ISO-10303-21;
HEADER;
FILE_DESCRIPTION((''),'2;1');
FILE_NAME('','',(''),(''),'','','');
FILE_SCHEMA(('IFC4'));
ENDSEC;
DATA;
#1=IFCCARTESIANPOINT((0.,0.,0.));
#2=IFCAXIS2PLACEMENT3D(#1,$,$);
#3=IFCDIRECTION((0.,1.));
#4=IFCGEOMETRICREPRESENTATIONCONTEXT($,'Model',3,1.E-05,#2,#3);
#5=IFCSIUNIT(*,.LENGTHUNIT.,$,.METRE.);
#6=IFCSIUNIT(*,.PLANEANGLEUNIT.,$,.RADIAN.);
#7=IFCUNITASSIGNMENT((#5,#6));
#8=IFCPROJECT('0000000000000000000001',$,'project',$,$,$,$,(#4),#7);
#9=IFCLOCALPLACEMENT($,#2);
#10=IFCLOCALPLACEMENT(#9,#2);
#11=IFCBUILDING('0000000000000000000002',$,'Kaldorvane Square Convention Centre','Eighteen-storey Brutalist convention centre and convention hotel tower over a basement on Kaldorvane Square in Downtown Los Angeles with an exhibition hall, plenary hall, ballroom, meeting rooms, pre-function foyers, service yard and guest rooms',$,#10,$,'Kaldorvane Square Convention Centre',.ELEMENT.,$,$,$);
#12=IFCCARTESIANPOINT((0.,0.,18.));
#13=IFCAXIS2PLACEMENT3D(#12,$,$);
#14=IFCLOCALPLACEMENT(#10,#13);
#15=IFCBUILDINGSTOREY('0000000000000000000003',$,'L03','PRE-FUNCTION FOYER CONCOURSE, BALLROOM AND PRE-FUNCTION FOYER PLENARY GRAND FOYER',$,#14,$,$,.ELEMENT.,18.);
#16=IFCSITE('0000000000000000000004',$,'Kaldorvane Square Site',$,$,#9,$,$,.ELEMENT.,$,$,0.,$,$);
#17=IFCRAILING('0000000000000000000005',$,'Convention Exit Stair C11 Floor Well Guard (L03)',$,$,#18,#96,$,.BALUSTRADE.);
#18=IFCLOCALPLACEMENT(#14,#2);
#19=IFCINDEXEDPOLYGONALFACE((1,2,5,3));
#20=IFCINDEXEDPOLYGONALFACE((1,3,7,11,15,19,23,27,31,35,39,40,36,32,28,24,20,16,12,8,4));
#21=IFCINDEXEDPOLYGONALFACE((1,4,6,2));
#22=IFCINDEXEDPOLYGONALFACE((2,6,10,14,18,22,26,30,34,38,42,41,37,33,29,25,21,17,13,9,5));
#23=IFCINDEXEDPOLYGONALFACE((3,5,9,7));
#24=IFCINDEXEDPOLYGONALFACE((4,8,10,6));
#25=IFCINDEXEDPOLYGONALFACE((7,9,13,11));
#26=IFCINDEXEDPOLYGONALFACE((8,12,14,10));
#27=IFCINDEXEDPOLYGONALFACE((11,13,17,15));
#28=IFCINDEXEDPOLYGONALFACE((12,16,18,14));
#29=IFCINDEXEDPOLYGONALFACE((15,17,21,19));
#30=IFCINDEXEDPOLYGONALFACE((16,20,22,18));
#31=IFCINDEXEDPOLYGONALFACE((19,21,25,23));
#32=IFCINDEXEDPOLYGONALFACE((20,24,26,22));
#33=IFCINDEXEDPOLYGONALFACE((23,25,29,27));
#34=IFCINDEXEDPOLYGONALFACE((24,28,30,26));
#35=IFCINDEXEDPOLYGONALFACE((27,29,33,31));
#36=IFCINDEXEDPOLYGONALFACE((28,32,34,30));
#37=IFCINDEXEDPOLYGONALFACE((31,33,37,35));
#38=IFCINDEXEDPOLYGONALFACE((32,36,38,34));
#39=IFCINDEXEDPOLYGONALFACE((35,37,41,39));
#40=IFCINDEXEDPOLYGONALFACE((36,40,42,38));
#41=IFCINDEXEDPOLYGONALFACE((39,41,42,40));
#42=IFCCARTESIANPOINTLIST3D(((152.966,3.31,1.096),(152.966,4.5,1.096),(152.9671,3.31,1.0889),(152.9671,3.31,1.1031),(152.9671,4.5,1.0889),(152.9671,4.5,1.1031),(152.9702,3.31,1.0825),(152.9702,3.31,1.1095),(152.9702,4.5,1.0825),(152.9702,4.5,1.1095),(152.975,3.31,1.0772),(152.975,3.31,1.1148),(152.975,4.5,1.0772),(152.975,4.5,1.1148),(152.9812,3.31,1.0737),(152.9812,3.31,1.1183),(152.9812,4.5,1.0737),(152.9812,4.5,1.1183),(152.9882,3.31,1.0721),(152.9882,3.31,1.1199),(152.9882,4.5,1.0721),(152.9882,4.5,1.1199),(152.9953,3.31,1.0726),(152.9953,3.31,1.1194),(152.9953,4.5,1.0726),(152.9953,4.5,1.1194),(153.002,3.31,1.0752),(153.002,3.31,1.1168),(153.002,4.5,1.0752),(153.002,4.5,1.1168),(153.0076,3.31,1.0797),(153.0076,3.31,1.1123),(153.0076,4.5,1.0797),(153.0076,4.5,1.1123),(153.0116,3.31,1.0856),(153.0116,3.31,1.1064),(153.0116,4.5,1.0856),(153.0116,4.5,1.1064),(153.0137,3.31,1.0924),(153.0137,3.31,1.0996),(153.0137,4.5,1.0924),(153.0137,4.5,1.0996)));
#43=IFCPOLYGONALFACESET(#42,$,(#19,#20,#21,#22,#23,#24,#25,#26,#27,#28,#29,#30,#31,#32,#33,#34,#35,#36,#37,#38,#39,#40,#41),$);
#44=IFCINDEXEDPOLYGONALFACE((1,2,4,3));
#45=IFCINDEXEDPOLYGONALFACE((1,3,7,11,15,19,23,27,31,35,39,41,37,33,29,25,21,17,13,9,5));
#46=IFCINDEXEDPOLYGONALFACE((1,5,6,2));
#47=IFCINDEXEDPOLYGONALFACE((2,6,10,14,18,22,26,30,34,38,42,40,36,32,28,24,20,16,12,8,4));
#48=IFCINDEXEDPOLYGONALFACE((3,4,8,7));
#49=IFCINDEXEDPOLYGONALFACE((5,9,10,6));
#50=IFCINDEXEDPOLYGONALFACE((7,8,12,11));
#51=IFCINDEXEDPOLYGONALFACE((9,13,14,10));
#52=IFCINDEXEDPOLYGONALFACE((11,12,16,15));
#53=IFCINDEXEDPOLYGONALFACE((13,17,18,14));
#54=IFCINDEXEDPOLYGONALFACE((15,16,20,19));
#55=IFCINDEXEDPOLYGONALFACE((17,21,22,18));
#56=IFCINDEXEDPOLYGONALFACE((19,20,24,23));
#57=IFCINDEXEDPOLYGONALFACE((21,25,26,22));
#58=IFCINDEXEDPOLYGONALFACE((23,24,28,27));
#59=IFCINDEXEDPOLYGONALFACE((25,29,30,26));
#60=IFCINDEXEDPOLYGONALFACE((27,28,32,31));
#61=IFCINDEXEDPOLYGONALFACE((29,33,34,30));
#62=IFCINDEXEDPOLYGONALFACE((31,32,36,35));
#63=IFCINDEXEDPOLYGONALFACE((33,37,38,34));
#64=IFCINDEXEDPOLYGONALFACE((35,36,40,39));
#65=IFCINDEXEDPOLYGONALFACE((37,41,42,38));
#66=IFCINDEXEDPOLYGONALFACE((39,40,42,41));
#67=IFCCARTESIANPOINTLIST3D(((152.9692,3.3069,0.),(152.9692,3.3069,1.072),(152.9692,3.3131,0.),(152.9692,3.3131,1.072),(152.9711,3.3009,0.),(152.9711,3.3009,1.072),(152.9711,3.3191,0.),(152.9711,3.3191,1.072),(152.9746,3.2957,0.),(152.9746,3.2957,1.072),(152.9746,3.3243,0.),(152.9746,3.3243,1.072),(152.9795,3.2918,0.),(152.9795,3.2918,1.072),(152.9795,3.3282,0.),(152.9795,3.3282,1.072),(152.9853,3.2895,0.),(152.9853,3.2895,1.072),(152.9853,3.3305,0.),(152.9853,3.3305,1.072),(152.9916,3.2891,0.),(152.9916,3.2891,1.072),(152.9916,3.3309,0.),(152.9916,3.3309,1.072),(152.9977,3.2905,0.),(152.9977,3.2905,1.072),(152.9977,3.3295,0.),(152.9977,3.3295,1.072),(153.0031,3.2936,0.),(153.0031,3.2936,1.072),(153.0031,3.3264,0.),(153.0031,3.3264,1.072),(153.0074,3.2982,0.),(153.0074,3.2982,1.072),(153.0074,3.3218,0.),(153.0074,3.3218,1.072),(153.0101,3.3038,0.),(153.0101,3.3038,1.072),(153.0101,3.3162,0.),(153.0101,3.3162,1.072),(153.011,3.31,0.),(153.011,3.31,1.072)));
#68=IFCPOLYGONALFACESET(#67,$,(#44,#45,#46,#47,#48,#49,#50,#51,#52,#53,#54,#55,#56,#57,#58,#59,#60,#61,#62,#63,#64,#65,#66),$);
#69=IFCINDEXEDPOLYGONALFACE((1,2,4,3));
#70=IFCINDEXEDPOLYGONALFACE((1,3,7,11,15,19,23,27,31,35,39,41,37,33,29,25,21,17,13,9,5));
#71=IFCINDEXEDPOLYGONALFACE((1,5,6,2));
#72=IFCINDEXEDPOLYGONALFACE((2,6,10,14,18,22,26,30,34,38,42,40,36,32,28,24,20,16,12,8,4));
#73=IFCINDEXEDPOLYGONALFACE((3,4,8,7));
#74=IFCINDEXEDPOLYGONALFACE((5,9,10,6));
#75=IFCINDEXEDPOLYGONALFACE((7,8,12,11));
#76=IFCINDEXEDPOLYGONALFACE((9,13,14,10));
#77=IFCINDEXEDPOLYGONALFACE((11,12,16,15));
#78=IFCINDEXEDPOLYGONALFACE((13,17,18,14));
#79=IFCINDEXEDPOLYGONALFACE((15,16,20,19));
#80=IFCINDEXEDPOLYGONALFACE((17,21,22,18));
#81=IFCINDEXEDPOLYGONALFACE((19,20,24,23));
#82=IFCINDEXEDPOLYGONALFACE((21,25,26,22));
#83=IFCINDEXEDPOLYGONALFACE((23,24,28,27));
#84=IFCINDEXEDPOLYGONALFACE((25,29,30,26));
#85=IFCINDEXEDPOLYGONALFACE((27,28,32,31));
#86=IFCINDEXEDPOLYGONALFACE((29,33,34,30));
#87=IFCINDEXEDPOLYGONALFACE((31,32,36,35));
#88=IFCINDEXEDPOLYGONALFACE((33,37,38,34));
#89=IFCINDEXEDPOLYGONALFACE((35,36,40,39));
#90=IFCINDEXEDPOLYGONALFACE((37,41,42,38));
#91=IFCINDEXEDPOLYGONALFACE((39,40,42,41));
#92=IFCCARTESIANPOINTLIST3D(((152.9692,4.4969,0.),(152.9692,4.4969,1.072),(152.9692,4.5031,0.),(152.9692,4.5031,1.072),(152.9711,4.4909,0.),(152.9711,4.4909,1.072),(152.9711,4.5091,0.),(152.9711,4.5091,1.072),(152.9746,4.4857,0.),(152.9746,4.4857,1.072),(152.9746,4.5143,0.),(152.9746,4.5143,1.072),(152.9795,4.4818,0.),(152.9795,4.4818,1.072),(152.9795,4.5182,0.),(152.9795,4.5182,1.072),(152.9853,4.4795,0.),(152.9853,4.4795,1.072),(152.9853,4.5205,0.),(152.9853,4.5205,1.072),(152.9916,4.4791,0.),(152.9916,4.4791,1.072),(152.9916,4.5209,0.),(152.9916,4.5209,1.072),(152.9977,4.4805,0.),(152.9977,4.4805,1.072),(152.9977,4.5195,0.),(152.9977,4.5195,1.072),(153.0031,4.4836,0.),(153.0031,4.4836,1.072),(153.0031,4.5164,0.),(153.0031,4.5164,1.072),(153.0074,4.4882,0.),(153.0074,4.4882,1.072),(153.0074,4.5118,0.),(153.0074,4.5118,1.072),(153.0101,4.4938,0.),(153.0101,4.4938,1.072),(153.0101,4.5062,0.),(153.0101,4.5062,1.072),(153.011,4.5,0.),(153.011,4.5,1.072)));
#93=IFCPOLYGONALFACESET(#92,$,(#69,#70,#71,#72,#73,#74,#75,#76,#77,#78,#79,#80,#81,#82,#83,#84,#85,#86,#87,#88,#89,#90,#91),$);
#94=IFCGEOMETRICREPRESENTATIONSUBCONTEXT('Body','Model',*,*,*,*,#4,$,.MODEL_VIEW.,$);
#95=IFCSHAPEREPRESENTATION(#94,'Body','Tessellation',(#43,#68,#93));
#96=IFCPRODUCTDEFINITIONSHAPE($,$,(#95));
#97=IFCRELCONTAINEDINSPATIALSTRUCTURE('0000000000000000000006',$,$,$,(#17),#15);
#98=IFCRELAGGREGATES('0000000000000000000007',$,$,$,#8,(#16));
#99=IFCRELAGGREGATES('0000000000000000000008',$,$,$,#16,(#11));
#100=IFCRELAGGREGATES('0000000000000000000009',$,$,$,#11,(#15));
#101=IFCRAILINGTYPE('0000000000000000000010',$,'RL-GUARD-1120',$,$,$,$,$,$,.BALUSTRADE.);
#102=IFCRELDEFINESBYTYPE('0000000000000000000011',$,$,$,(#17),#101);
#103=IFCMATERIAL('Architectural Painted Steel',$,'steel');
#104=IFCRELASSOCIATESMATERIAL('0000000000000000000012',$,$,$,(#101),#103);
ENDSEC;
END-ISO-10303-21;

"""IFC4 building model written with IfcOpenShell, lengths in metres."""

from ifc_helpers import new_model, si_unit, direction, frame, origin, origin_2d, place, context, subcontext, project, spatial, circle, extrude, material, type_object, element, save


model = new_model("IFC4")

# Units and contexts
model_context = context("Model", 3, precision=1e-05, world=origin(), true_north=direction((0.0, 1.0)))
body_context = subcontext(model_context, "Body", "Model", "MODEL_VIEW")
ifc_project = project(units=[si_unit("LENGTHUNIT", "METRE"), si_unit("PLANEANGLEUNIT", "RADIAN")], contexts=[model_context])

# Site, building, storey
site_placement = place(None, origin())
site = spatial("IfcSite", under=ifc_project, at=site_placement, Name="Kaldorvane Square Site", CompositionType="ELEMENT", RefElevation=0.0)
building_placement = place(site_placement, origin())
building = spatial("IfcBuilding", under=site, at=building_placement, Name="Kaldorvane Square Convention Centre", Description="Eighteen-storey Brutalist convention centre and convention hotel tower over a basement on Kaldorvane Square in Downtown Los Angeles with an exhibition hall, plenary hall, ballroom, meeting rooms, pre-function foyers, service yard and guest rooms", LongName="Kaldorvane Square Convention Centre", CompositionType="ELEMENT")
storey_placement = place(building_placement, frame((0.0, 0.0, 18.0)))
storey = spatial("IfcBuildingStorey", under=building, at=storey_placement, Name="L03", Description="PRE-FUNCTION FOYER CONCOURSE, BALLROOM AND PRE-FUNCTION FOYER PLENARY GRAND FOYER", CompositionType="ELEMENT", Elevation=18.0)

# Railing
ifc_material_1 = material(Name="Architectural Painted Steel", Category="steel")
railing_type_1 = type_object("IfcRailingType", Name="RL-GUARD-1120", PredefinedType="BALUSTRADE", material=ifc_material_1)
railing_1_placement = place(storey_placement, frame((152.99, 3.31, 0.0)))
element("IfcRailing", 1, at=railing_1_placement, inside=storey, type_object=railing_type_1, Name="Convention Exit Stair C11 Floor Well Guard (L03)", PredefinedType="BALUSTRADE", context=body_context, shape_type="SweptSolid", body=[
    extrude(circle(Radius=0.024, at=origin_2d()), frame((0.0, 0.0, 1.096), z_axis=(0.0, 1.0, 0.0), x_axis=(-1.0, 0.0, 0.0)), (0.0, 0.0, 1.0), 1.19),
    extrude(circle(Radius=0.021, at=origin_2d()), origin(), (0.0, 0.0, 1.0), 1.072),
    extrude(circle(Radius=0.021, at=origin_2d()), frame((0.0, 1.19, 0.0)), (0.0, 0.0, 1.0), 1.072),
])

save(model, "model.ifc")
